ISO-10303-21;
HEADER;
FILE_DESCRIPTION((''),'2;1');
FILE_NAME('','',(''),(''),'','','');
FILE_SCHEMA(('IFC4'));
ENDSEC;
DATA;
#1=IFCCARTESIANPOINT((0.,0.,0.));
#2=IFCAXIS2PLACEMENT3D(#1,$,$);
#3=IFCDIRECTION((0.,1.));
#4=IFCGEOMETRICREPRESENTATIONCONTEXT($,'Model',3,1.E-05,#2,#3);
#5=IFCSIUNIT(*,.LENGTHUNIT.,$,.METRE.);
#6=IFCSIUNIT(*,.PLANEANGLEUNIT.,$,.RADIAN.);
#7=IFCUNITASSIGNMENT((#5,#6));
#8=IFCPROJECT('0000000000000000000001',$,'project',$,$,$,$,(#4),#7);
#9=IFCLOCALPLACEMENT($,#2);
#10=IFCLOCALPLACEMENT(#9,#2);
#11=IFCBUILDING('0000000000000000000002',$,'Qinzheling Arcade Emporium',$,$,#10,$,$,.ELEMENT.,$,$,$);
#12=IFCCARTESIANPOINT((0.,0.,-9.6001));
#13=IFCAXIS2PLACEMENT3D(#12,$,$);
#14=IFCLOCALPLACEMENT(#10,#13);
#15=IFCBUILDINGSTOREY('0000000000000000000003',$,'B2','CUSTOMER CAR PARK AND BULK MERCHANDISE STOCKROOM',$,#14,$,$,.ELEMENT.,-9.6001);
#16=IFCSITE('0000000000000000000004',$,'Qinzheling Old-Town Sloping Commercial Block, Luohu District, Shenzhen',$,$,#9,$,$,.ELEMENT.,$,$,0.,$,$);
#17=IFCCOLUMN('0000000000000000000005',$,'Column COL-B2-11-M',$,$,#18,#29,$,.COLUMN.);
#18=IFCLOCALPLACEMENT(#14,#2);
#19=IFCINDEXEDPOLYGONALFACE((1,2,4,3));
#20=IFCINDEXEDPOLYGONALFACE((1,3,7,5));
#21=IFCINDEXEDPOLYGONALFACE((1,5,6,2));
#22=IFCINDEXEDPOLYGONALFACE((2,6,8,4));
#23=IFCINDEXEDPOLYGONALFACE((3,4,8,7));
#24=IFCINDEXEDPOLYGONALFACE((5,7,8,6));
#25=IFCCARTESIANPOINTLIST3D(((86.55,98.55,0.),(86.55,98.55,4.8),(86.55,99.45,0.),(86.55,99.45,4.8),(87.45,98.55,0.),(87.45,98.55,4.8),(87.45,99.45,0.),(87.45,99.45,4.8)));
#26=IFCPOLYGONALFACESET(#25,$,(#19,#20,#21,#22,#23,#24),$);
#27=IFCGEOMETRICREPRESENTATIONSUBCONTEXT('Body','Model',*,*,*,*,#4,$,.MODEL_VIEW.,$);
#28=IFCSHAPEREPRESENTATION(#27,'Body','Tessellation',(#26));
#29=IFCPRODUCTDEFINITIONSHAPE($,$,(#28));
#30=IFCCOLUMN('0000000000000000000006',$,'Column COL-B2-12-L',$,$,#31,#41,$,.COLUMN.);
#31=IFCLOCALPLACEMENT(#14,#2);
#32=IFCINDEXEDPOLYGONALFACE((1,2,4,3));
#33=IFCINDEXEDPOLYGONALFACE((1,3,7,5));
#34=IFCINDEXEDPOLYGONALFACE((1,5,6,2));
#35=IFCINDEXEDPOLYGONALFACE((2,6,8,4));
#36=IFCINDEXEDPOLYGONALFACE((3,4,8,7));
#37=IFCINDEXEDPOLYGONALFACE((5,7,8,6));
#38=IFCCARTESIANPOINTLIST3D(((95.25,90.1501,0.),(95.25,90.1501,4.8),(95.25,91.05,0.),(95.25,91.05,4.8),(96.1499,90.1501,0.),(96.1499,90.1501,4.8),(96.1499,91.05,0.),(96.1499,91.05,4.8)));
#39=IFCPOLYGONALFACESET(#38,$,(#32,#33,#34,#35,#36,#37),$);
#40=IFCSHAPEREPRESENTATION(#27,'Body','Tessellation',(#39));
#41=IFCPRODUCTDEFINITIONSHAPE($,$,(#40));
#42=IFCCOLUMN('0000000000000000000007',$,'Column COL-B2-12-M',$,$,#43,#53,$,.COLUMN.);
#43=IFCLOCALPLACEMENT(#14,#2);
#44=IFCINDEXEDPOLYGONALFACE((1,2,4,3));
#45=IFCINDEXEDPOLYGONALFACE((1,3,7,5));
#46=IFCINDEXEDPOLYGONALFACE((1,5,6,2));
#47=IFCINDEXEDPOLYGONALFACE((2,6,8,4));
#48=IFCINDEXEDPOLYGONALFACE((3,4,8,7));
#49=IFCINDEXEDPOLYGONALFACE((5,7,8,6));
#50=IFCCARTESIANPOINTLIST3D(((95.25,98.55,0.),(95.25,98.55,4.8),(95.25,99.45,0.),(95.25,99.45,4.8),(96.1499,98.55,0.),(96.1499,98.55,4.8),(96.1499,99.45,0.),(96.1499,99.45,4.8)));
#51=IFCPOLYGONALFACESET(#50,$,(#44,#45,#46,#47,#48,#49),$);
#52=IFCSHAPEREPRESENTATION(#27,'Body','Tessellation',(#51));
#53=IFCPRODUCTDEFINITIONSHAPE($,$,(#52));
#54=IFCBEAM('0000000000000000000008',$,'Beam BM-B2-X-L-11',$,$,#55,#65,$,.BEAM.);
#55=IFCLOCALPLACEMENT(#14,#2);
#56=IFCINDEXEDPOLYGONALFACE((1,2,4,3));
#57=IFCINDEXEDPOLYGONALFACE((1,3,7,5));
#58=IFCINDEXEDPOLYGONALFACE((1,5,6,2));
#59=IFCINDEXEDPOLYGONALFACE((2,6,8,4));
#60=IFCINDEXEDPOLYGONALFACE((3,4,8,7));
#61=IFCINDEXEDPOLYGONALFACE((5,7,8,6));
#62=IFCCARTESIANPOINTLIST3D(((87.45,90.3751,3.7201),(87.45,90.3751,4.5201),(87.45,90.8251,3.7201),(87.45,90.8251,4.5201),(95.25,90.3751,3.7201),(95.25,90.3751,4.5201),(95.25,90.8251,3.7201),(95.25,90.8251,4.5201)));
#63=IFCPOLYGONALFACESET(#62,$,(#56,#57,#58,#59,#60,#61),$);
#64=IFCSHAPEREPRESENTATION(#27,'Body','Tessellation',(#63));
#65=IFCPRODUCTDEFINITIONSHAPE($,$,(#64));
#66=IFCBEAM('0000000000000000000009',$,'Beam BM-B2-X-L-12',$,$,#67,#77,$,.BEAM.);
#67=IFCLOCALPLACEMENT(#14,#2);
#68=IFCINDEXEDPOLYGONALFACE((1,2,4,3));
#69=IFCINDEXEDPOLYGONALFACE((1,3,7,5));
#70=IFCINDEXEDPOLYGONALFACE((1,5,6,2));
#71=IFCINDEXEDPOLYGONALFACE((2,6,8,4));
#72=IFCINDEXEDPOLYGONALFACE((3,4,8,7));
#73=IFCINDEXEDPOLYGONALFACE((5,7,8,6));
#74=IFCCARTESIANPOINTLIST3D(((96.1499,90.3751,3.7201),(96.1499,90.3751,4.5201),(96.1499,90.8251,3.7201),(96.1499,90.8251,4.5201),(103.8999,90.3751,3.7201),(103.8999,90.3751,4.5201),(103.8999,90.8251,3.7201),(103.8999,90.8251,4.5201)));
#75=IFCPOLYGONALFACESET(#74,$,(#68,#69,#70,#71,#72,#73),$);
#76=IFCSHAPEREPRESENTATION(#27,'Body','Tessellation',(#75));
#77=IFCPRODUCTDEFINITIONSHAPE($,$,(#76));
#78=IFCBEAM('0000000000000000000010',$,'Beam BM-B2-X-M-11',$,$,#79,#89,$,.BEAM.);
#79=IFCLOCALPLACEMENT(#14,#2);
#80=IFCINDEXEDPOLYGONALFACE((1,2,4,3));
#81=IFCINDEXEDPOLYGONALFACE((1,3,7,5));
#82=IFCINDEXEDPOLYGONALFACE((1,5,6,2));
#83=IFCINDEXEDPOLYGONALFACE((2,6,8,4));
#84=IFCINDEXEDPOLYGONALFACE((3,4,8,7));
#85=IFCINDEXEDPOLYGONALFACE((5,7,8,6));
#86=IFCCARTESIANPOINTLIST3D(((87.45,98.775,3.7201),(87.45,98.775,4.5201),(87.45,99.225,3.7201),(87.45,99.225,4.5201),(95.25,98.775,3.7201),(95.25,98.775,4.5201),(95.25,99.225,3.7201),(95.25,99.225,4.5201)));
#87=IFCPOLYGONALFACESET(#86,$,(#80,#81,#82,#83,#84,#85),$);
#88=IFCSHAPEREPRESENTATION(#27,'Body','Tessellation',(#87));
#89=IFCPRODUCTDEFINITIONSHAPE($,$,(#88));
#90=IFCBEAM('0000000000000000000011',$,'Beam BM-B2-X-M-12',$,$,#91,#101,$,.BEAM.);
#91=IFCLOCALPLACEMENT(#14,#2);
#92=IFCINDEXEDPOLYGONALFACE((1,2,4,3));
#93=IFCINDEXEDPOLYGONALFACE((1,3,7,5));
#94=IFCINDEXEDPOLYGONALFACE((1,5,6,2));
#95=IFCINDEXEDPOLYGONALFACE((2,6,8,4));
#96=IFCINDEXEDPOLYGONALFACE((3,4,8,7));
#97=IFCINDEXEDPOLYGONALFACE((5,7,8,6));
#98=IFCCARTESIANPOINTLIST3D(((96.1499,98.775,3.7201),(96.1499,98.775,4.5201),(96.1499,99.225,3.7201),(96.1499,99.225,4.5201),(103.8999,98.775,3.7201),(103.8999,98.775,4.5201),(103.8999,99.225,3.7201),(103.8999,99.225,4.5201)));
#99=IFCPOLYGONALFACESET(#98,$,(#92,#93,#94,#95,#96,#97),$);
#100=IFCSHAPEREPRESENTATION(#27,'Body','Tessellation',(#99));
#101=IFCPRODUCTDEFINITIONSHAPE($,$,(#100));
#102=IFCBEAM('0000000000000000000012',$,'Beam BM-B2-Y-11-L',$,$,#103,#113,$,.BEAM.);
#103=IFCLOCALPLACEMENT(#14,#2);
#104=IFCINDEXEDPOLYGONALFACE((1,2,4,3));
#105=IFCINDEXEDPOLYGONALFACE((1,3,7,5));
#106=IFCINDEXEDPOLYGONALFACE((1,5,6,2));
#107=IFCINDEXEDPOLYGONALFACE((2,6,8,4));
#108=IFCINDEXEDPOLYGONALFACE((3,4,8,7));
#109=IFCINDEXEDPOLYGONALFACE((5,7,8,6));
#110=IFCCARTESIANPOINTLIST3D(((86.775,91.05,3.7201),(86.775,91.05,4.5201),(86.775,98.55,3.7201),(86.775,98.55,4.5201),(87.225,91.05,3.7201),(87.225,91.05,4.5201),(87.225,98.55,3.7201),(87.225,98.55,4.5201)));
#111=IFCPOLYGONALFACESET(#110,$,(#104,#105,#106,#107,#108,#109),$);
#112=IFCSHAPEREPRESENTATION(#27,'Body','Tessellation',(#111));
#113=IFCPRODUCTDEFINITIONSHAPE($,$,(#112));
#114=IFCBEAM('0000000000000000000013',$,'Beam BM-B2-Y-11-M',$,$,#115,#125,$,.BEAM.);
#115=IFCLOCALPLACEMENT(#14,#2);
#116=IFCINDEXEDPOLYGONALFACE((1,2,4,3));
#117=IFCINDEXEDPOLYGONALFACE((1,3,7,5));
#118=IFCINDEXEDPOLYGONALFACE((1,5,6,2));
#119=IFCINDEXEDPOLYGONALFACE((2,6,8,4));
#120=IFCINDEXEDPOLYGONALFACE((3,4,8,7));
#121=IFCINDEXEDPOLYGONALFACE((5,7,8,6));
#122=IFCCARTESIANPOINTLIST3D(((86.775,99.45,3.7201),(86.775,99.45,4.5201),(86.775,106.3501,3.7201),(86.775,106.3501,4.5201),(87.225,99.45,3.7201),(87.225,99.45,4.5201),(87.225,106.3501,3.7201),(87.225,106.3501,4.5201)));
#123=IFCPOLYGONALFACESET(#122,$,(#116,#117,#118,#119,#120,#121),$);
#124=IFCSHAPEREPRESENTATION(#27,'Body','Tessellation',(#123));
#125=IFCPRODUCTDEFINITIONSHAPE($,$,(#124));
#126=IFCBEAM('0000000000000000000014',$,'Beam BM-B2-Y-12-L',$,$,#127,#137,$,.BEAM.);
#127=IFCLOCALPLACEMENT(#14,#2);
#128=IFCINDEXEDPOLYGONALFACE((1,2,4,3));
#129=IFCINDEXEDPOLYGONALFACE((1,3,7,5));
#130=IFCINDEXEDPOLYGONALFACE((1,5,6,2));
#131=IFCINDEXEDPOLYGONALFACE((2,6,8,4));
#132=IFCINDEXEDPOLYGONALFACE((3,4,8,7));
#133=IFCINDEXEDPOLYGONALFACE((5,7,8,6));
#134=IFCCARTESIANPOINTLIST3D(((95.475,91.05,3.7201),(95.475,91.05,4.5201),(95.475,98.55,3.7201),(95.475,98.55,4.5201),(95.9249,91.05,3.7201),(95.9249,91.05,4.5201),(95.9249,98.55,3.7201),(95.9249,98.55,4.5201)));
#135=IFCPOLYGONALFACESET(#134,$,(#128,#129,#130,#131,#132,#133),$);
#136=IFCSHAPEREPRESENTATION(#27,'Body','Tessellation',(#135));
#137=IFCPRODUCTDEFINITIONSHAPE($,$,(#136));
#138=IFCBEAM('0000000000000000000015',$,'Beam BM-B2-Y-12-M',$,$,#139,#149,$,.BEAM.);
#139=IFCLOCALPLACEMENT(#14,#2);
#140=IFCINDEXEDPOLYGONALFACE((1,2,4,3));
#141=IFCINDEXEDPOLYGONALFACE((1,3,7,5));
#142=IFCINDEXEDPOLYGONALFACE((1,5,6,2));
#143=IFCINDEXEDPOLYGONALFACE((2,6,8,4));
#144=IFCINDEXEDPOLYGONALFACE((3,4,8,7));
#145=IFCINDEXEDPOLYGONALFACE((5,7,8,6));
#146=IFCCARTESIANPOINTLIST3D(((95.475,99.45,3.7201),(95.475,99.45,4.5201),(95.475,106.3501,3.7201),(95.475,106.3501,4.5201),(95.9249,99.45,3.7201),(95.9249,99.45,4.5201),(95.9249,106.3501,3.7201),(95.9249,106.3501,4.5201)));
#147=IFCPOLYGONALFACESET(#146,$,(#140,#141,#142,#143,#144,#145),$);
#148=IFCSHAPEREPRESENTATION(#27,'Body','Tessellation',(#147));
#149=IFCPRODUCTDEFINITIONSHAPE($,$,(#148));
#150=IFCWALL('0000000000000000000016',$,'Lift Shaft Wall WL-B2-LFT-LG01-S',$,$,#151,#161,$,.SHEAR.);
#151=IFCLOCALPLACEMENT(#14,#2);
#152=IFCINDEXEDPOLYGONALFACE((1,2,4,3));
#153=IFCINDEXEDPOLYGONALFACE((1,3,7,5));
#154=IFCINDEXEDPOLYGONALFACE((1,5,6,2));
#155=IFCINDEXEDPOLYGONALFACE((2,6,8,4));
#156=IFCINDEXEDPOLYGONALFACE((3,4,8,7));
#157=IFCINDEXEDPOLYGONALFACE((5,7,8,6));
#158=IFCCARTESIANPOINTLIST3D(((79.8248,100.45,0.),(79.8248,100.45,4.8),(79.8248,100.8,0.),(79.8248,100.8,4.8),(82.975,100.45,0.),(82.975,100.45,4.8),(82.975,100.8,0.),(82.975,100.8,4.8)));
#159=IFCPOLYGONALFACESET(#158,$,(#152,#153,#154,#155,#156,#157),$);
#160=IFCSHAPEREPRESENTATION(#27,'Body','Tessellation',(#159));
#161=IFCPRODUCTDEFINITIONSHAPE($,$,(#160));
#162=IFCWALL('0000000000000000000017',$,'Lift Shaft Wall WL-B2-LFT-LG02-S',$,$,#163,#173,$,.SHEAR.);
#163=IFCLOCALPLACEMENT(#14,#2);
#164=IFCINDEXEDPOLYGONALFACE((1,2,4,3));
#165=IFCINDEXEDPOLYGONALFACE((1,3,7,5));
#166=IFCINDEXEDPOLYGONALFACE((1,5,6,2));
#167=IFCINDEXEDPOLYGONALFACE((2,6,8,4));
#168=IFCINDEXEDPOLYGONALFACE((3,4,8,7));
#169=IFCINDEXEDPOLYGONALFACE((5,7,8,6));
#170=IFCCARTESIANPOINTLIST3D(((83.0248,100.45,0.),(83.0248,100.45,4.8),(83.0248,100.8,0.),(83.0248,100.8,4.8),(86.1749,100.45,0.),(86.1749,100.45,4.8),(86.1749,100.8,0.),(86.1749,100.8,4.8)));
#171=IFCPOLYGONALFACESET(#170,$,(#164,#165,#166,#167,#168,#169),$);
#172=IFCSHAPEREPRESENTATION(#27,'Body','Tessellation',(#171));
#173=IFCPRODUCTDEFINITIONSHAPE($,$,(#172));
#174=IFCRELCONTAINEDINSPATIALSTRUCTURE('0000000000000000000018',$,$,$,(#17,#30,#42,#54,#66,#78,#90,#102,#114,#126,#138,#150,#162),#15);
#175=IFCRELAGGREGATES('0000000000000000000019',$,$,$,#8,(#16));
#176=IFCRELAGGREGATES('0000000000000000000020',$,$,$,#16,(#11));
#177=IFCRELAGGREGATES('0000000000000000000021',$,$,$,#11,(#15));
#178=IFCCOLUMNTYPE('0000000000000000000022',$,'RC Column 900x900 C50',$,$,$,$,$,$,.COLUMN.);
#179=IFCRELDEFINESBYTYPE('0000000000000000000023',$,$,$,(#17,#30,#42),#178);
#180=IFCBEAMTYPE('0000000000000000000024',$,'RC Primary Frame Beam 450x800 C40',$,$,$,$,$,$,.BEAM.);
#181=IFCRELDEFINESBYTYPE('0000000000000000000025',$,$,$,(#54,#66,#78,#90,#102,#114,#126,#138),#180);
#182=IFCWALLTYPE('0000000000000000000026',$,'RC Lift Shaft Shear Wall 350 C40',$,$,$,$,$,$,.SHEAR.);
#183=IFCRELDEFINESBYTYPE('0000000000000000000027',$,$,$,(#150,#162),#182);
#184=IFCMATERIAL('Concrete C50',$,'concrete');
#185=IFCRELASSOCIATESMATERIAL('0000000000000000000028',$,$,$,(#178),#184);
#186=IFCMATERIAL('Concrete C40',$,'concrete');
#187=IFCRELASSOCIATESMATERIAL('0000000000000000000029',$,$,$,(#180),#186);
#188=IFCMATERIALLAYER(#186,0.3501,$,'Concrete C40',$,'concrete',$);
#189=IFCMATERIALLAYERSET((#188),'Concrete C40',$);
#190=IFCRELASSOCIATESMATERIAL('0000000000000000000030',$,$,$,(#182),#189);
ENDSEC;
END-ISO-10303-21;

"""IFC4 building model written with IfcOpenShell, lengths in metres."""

from ifc_helpers import new_model, si_unit, direction, frame, frame_2d, origin, origin_2d, place, context, subcontext, project, spatial, rectangle, extrude, material, layer, layer_set, material_profile, profile_set, type_object, element, save


model = new_model("IFC4")

# Units and contexts
model_context = context("Model", 3, precision=1e-05, world=origin(), true_north=direction((0.0, 1.0)))
body_context = subcontext(model_context, "Body", "Model", "MODEL_VIEW")
ifc_project = project(units=[si_unit("LENGTHUNIT", "METRE"), si_unit("PLANEANGLEUNIT", "RADIAN")], contexts=[model_context])

# Site, building, storey
site_placement = place(None, origin())
site = spatial("IfcSite", under=ifc_project, at=site_placement, Name="Qinzheling Old-Town Sloping Commercial Block, Luohu District, Shenzhen", CompositionType="ELEMENT", RefElevation=0.0)
building_placement = place(site_placement, origin())
building = spatial("IfcBuilding", under=site, at=building_placement, Name="Qinzheling Arcade Emporium", CompositionType="ELEMENT")
storey_placement = place(building_placement, frame((0.0, 0.0, -9.6001)))
storey = spatial("IfcBuildingStorey", under=building, at=storey_placement, Name="B2", Description="CUSTOMER CAR PARK AND BULK MERCHANDISE STOCKROOM", CompositionType="ELEMENT", Elevation=-9.6001)

# Shared definitions
ifc_material_1 = material(Name="Concrete C40", Category="concrete")

# Columns
ifc_material_2 = material(Name="Concrete C50", Category="concrete")
ifc_material_profile_1 = material_profile(ifc_material_2, rectangle(XDim=0.8999, YDim=0.8999, at=origin_2d()), Name="RC 900x900", Category="concrete")
ifc_profile_set_1 = profile_set([ifc_material_profile_1], Name="Concrete C50")
column_type = type_object("IfcColumnType", Name="RC Column 900x900 C50", PredefinedType="COLUMN", material=ifc_profile_set_1)
for number, where, z_axis, x_axis, name in (
    (1, (87.0, 99.0, 0.0), (0.0, 0.0, 1.0), (1.0, 0.0, 0.0), "Column COL-B2-11-M"),
    (2, (95.7, 90.6001, 0.0), (0.0, 0.0, 1.0), (1.0, 0.0, 0.0), "Column COL-B2-12-L"),
    (3, (95.7, 99.0, 0.0), (0.0, 0.0, 1.0), (1.0, 0.0, 0.0), "Column COL-B2-12-M"),
):
    element("IfcColumn", number, at=place(storey_placement, frame(where, z_axis=z_axis, x_axis=x_axis)), inside=storey, type_object=column_type, Name=name, PredefinedType="COLUMN", context=body_context, shape_type="SweptSolid", body=[
        extrude(rectangle(XDim=0.8999, YDim=0.8999, at=origin_2d()), origin(), (0.0, 0.0, 1.0), 4.8),
    ])

# Beams
ifc_material_profile_2 = material_profile(ifc_material_1, rectangle(XDim=0.45, YDim=0.8, at=origin_2d()), Name="RC 450x800", Category="concrete")
ifc_profile_set_2 = profile_set([ifc_material_profile_2], Name="Concrete C40")
beam_type = type_object("IfcBeamType", Name="RC Primary Frame Beam 450x800 C40", PredefinedType="BEAM", material=ifc_profile_set_2)
beam_1_placement = place(storey_placement, frame((87.45, 90.6001, 4.1201), z_axis=(1.0, 0.0, 0.0), x_axis=(0.0, 1.0, 0.0)))
element("IfcBeam", 4, at=beam_1_placement, inside=storey, type_object=beam_type, Name="Beam BM-B2-X-L-11", PredefinedType="BEAM", context=body_context, shape_type="SweptSolid", body=[
    extrude(rectangle(XDim=0.45, YDim=0.8, at=origin_2d()), origin(), (0.0, 0.0, 1.0), 7.8),
])
beam_2_placement = place(storey_placement, frame((96.1499, 90.6001, 4.1201), z_axis=(1.0, 0.0, 0.0), x_axis=(0.0, 1.0, 0.0)))
element("IfcBeam", 5, at=beam_2_placement, inside=storey, type_object=beam_type, Name="Beam BM-B2-X-L-12", PredefinedType="BEAM", context=body_context, shape_type="SweptSolid", body=[
    extrude(rectangle(XDim=0.45, YDim=0.8, at=origin_2d()), origin(), (0.0, 0.0, 1.0), 7.75),
])
beam_3_placement = place(storey_placement, frame((87.45, 99.0, 4.1201), z_axis=(1.0, 0.0, 0.0), x_axis=(0.0, 1.0, 0.0)))
element("IfcBeam", 6, at=beam_3_placement, inside=storey, type_object=beam_type, Name="Beam BM-B2-X-M-11", PredefinedType="BEAM", context=body_context, shape_type="SweptSolid", body=[
    extrude(rectangle(XDim=0.45, YDim=0.8, at=origin_2d()), origin(), (0.0, 0.0, 1.0), 7.8),
])
beam_4_placement = place(storey_placement, frame((96.1499, 99.0, 4.1201), z_axis=(1.0, 0.0, 0.0), x_axis=(0.0, 1.0, 0.0)))
element("IfcBeam", 7, at=beam_4_placement, inside=storey, type_object=beam_type, Name="Beam BM-B2-X-M-12", PredefinedType="BEAM", context=body_context, shape_type="SweptSolid", body=[
    extrude(rectangle(XDim=0.45, YDim=0.8, at=origin_2d()), origin(), (0.0, 0.0, 1.0), 7.75),
])
beam_5_placement = place(storey_placement, frame((87.0, 91.05, 4.1201), z_axis=(0.0, 1.0, 0.0), x_axis=(-1.0, 0.0, 0.0)))
element("IfcBeam", 8, at=beam_5_placement, inside=storey, type_object=beam_type, Name="Beam BM-B2-Y-11-L", PredefinedType="BEAM", context=body_context, shape_type="SweptSolid", body=[
    extrude(rectangle(XDim=0.45, YDim=0.8, at=origin_2d()), origin(), (0.0, 0.0, 1.0), 7.5),
])
beam_6_placement = place(storey_placement, frame((87.0, 99.45, 4.1201), z_axis=(0.0, 1.0, 0.0), x_axis=(-1.0, 0.0, 0.0)))
element("IfcBeam", 9, at=beam_6_placement, inside=storey, type_object=beam_type, Name="Beam BM-B2-Y-11-M", PredefinedType="BEAM", context=body_context, shape_type="SweptSolid", body=[
    extrude(rectangle(XDim=0.45, YDim=0.8, at=origin_2d()), origin(), (0.0, 0.0, 1.0), 6.9001),
])
beam_7_placement = place(storey_placement, frame((95.7, 91.05, 4.1201), z_axis=(0.0, 1.0, 0.0), x_axis=(-1.0, 0.0, 0.0)))
element("IfcBeam", 10, at=beam_7_placement, inside=storey, type_object=beam_type, Name="Beam BM-B2-Y-12-L", PredefinedType="BEAM", context=body_context, shape_type="SweptSolid", body=[
    extrude(rectangle(XDim=0.45, YDim=0.8, at=origin_2d()), origin(), (0.0, 0.0, 1.0), 7.5),
])
beam_8_placement = place(storey_placement, frame((95.7, 99.45, 4.1201), z_axis=(0.0, 1.0, 0.0), x_axis=(-1.0, 0.0, 0.0)))
element("IfcBeam", 11, at=beam_8_placement, inside=storey, type_object=beam_type, Name="Beam BM-B2-Y-12-M", PredefinedType="BEAM", context=body_context, shape_type="SweptSolid", body=[
    extrude(rectangle(XDim=0.45, YDim=0.8, at=origin_2d()), origin(), (0.0, 0.0, 1.0), 6.9001),
])

# Walls
ifc_layer = layer(ifc_material_1, 0.3501, Name="Concrete C40", Category="concrete")
ifc_layer_set = layer_set([ifc_layer], Name="Concrete C40")
wall_type = type_object("IfcWallType", Name="RC Lift Shaft Shear Wall 350 C40", PredefinedType="SHEAR", material=ifc_layer_set)
for number, where, z_axis, x_axis, name in (
    (12, (82.9751, 100.625, 0.0), (0.0, 0.0, 1.0), (-1.0, 0.0, 0.0), "Lift Shaft Wall WL-B2-LFT-LG01-S"),
    (13, (86.175, 100.625, 0.0), (0.0, 0.0, 1.0), (-1.0, 0.0, 0.0), "Lift Shaft Wall WL-B2-LFT-LG02-S"),
):
    element("IfcWall", number, at=place(storey_placement, frame(where, z_axis=z_axis, x_axis=x_axis)), inside=storey, type_object=wall_type, Name=name, PredefinedType="SHEAR", context=body_context, shape_type="SweptSolid", body=[
        extrude(rectangle(XDim=3.1501, YDim=0.3501, at=frame_2d((1.5752, 0.0))), origin(), (0.0, 0.0, 1.0), 4.8),
    ])

save(model, "model.ifc")
